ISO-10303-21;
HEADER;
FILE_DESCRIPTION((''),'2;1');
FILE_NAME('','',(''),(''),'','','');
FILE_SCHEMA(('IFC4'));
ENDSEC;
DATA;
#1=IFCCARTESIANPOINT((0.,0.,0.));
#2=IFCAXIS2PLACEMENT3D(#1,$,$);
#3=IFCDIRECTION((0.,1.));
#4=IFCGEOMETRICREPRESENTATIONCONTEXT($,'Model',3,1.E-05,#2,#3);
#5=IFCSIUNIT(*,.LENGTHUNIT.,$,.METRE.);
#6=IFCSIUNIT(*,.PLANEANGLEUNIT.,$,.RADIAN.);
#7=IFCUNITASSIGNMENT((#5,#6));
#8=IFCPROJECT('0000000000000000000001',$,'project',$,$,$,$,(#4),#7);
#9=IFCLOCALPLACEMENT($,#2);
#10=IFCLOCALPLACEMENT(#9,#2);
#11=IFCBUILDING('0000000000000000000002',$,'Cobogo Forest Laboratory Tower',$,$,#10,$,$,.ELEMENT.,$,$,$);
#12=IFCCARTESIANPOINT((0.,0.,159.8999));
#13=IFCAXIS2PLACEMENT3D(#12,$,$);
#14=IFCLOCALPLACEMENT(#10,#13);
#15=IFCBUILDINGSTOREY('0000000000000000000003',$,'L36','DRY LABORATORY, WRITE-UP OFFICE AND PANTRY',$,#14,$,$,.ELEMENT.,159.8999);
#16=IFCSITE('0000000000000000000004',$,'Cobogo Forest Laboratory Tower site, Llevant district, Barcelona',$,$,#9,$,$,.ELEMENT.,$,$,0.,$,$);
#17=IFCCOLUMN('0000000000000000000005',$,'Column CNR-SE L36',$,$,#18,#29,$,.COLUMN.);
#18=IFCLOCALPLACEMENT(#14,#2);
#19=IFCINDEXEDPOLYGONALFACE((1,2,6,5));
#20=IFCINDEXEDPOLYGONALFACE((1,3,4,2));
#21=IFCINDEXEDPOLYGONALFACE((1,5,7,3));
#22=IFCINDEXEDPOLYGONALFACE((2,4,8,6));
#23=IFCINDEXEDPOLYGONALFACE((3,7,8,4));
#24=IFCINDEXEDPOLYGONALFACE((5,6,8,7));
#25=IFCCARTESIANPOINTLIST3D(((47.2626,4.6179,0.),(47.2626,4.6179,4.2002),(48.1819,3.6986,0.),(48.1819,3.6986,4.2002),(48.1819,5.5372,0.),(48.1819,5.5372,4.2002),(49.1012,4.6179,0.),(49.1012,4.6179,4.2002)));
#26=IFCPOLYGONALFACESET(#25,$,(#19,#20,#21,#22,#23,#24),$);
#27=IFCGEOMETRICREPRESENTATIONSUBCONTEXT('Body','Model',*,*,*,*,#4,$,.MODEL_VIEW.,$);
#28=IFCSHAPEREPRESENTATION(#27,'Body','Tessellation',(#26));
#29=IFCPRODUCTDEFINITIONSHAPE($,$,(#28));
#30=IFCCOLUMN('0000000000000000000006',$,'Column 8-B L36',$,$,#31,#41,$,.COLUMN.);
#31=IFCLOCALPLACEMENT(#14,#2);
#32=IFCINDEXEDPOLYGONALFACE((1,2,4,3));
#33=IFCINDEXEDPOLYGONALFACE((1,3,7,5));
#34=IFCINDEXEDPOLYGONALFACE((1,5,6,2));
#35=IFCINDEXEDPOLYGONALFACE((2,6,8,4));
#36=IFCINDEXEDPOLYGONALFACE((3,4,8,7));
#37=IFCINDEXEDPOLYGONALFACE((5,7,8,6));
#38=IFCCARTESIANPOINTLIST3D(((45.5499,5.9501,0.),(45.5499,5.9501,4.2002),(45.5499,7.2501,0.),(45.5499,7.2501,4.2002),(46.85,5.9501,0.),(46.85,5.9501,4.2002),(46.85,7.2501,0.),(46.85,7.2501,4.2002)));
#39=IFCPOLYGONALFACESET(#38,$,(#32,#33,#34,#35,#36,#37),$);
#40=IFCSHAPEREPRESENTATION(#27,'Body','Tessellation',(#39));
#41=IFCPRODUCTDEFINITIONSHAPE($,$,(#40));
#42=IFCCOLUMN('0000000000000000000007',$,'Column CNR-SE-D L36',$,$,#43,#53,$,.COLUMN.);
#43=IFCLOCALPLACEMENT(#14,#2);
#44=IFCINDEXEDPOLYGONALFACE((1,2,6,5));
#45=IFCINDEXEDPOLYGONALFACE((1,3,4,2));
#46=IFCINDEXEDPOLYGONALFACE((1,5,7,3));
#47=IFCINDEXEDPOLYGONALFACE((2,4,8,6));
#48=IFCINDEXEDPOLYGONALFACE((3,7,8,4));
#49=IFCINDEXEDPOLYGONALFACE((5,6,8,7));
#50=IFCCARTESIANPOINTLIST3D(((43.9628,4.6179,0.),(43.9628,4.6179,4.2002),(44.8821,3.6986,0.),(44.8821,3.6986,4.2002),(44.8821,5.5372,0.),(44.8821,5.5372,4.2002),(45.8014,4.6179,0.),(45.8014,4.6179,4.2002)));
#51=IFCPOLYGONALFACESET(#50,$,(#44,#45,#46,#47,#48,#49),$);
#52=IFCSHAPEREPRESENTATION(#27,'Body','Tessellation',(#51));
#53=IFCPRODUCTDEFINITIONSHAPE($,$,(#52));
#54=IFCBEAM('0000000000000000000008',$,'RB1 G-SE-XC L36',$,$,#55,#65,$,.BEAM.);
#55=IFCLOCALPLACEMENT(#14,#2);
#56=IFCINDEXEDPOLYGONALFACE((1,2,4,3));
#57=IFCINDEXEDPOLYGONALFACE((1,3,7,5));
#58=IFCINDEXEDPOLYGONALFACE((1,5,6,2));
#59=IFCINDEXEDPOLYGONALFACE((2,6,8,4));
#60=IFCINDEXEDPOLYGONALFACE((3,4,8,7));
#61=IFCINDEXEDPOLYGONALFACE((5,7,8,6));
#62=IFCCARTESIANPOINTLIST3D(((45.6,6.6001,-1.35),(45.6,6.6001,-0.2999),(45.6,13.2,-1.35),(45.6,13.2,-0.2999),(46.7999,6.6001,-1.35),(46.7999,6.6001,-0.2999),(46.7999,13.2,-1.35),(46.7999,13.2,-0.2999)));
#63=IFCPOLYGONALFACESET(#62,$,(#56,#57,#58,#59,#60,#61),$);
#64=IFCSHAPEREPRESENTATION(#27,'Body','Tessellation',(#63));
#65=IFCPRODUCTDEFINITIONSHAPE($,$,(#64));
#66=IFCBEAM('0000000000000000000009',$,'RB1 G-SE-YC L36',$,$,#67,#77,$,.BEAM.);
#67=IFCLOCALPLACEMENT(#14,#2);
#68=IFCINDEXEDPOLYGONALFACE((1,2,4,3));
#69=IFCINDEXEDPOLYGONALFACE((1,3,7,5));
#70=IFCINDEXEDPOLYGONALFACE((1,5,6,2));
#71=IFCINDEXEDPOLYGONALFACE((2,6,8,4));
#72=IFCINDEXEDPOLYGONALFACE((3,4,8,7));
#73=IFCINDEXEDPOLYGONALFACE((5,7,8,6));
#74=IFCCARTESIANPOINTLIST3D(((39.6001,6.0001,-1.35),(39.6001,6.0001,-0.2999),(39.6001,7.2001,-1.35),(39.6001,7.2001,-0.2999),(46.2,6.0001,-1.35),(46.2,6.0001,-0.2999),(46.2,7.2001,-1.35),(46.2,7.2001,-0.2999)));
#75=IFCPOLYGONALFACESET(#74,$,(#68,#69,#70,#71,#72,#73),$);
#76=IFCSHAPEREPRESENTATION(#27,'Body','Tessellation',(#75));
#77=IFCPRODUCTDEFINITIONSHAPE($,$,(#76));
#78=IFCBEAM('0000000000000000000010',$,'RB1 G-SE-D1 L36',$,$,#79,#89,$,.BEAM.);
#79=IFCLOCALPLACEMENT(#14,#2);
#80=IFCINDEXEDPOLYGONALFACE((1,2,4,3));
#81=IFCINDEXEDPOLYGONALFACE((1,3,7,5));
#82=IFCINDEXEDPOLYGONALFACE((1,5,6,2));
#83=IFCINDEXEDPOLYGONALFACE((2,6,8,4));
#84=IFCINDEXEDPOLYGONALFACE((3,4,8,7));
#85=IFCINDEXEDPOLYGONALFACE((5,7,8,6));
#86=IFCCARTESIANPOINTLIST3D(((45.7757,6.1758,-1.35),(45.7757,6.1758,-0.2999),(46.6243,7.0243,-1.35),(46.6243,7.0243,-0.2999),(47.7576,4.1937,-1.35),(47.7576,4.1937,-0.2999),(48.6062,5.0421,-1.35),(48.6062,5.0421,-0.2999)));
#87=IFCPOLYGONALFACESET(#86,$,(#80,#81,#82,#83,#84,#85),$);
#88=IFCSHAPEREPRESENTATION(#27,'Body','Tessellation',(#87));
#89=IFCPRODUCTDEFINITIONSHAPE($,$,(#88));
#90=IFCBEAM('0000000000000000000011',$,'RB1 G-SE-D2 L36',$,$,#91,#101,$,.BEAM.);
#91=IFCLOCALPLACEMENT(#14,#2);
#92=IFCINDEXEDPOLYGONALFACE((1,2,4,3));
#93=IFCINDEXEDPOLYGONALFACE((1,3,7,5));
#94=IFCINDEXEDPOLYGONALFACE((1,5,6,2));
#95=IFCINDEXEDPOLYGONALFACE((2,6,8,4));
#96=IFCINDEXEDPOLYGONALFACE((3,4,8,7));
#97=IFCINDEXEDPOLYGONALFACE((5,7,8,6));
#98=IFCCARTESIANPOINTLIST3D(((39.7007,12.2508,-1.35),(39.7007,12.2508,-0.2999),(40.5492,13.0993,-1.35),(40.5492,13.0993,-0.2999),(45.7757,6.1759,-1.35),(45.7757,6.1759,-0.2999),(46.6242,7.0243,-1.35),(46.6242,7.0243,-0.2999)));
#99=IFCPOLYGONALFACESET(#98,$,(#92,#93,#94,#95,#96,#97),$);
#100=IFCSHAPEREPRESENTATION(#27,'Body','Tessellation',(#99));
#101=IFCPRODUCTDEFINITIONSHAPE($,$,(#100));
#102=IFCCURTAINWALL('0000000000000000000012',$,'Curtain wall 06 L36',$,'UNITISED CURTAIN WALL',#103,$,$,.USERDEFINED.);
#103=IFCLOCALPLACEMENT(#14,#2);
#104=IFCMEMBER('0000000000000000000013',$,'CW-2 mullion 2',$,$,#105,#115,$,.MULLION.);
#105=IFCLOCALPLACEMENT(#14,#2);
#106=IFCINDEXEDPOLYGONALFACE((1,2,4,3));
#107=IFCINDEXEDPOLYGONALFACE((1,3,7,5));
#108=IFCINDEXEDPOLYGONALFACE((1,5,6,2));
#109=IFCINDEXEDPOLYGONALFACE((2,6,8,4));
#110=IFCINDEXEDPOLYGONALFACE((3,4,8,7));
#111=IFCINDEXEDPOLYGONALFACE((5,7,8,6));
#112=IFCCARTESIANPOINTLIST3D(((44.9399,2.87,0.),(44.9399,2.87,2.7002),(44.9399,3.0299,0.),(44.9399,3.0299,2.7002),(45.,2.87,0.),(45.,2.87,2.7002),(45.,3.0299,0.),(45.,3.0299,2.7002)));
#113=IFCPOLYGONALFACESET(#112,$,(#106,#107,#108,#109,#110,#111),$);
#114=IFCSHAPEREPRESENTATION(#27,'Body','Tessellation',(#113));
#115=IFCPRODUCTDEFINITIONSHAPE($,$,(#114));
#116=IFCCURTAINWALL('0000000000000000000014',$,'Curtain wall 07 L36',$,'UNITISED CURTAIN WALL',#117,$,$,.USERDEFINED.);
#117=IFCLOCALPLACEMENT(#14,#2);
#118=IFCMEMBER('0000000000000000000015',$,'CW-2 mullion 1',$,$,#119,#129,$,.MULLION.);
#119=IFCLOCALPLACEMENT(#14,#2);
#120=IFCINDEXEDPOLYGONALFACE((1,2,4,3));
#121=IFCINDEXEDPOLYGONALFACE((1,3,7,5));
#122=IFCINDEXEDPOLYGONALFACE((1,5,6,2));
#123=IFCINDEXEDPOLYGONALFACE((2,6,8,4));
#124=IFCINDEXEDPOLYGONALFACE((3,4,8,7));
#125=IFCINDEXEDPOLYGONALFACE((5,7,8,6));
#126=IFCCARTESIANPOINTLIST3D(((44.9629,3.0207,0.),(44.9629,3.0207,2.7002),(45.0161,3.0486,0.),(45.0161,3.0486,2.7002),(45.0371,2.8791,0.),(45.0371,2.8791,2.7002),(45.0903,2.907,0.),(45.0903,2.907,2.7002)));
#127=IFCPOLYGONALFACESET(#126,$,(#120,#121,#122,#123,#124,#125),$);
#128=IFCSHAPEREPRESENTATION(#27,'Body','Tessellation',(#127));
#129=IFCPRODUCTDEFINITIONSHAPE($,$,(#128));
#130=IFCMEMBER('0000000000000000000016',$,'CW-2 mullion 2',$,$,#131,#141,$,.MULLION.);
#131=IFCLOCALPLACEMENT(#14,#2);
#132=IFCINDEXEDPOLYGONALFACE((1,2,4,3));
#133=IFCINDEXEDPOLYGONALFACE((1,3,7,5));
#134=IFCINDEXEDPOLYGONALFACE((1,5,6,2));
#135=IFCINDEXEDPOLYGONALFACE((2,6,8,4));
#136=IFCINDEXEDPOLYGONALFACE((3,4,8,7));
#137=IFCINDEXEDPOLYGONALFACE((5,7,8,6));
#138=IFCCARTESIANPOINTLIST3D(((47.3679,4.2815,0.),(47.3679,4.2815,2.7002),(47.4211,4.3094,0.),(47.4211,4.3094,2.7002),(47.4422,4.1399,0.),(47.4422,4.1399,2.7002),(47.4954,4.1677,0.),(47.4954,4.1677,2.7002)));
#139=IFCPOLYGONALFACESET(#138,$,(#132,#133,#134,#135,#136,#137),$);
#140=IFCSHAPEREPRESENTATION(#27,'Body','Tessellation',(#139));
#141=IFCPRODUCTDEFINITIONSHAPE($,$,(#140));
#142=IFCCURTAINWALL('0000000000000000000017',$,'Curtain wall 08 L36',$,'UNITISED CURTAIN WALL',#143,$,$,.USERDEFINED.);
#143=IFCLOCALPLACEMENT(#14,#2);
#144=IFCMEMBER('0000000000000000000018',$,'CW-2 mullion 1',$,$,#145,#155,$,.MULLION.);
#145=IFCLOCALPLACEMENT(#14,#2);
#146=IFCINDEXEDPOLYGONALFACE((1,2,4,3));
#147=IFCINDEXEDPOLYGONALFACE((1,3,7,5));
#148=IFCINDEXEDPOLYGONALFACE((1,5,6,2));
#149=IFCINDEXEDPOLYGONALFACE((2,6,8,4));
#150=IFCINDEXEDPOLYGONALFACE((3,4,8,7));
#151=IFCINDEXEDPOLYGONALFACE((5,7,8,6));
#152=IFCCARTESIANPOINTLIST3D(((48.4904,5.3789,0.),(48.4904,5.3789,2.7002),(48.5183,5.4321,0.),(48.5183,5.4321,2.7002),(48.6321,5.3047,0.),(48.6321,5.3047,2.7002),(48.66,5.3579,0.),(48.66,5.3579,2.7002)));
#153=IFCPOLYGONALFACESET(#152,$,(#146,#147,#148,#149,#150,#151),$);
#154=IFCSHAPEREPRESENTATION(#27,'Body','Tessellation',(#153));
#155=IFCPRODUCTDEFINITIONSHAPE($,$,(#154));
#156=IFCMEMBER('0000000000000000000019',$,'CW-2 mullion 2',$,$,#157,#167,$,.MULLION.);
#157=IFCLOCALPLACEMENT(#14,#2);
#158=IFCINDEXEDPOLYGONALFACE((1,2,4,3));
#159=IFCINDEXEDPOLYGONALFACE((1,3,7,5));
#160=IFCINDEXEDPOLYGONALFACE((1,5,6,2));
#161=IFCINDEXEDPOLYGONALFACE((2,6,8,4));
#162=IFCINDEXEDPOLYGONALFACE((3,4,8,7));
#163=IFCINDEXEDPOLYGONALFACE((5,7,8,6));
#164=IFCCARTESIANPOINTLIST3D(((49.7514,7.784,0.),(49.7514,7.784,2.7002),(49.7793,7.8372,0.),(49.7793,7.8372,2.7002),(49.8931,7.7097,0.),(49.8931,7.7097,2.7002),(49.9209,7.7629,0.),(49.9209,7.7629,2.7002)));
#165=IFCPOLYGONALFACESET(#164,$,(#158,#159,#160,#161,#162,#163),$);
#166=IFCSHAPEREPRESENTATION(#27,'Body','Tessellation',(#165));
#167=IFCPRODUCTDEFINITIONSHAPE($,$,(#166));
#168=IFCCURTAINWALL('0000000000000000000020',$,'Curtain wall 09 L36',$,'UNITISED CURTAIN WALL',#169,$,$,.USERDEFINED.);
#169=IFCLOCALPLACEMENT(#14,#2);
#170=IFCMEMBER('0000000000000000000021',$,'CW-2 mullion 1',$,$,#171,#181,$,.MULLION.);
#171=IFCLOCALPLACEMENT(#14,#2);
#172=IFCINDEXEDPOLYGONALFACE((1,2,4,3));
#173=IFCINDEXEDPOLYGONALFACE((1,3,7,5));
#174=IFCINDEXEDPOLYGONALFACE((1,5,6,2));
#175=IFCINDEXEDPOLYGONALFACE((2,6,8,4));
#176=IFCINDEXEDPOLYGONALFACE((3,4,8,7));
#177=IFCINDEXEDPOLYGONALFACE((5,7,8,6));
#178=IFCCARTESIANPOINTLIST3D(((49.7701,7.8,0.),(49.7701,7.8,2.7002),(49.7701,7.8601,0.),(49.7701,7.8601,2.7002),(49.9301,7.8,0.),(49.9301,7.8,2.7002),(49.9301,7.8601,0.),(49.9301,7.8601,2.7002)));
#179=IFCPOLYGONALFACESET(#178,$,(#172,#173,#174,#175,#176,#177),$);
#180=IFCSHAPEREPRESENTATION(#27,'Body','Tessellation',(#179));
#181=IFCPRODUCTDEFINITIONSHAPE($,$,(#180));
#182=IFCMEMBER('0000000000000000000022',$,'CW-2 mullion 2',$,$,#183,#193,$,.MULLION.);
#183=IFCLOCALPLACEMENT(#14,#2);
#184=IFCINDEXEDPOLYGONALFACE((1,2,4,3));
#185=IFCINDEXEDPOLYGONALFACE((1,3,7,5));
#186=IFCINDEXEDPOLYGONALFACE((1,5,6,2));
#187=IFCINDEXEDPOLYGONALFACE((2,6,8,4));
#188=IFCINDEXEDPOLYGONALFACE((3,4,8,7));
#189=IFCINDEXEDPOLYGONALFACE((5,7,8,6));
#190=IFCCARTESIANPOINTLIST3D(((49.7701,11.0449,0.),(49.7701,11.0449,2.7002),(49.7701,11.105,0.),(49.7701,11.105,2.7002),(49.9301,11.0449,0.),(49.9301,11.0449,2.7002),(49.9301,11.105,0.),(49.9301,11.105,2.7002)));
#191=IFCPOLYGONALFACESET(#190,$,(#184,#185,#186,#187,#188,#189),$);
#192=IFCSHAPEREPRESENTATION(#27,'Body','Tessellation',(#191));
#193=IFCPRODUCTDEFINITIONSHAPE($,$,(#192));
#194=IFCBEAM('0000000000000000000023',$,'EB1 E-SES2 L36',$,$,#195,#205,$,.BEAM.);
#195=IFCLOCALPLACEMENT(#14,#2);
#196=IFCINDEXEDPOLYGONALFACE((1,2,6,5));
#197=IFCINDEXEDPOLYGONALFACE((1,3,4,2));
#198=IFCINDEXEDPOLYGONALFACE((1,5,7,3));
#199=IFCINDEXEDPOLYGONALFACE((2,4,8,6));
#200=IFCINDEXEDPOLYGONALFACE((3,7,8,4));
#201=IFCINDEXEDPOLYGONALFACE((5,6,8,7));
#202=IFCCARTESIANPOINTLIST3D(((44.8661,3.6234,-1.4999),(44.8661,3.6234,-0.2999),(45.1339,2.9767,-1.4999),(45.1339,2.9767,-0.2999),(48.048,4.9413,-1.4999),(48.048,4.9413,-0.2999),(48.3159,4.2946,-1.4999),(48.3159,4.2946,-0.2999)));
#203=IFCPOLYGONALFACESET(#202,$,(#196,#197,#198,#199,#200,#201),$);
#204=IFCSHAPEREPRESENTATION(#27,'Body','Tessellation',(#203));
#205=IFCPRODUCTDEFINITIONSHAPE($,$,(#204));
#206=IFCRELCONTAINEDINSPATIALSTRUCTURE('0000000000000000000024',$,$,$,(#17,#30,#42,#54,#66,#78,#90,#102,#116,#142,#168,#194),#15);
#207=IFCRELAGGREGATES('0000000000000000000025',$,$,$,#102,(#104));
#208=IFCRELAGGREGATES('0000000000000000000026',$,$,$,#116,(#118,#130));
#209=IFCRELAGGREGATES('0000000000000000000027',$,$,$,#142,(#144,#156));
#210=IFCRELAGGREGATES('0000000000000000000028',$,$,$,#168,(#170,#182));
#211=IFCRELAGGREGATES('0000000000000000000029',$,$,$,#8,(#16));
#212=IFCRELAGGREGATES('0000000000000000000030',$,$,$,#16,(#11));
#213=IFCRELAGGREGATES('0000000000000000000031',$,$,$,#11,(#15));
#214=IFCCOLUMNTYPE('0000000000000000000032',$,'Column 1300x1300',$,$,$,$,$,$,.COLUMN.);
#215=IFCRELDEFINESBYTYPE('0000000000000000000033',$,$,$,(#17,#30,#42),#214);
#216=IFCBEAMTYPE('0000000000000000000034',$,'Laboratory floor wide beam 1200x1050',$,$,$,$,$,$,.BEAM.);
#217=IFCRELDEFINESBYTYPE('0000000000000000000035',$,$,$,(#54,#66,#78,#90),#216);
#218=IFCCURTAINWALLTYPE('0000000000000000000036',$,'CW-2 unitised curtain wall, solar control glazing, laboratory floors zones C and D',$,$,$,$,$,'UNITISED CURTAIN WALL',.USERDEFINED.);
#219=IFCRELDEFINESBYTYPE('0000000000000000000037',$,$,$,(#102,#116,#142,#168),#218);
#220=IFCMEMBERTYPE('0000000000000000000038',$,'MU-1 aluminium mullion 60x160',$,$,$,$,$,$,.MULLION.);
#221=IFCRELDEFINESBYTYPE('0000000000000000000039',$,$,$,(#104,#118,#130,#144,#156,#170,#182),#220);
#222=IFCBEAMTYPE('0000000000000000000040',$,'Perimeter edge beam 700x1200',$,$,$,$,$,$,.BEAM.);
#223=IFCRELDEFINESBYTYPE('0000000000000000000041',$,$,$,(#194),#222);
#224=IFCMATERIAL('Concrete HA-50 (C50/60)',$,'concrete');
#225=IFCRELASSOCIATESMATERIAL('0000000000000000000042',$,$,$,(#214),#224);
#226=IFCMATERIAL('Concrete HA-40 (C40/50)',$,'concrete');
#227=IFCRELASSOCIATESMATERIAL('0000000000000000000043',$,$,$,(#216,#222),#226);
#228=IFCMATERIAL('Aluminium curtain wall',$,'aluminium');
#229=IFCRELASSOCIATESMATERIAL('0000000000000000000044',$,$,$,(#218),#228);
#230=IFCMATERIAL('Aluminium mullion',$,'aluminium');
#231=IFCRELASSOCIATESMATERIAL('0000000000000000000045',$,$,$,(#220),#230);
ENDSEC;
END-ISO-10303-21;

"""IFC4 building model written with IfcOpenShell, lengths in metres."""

from ifc_helpers import new_model, si_unit, direction, frame, origin, origin_2d, place, context, subcontext, project, spatial, rectangle, extrude, material, material_profile, profile_set, type_object, element, aggregate, save


model = new_model("IFC4")

# Units and contexts
model_context = context("Model", 3, precision=1e-05, world=origin(), true_north=direction((0.0, 1.0)))
body_context = subcontext(model_context, "Body", "Model", "MODEL_VIEW")
ifc_project = project(units=[si_unit("LENGTHUNIT", "METRE"), si_unit("PLANEANGLEUNIT", "RADIAN")], contexts=[model_context])

# Site, building, storey
site_placement = place(None, origin())
site = spatial("IfcSite", under=ifc_project, at=site_placement, Name="Cobogo Forest Laboratory Tower site, Llevant district, Barcelona", CompositionType="ELEMENT", RefElevation=0.0)
building_placement = place(site_placement, origin())
building = spatial("IfcBuilding", under=site, at=building_placement, Name="Cobogo Forest Laboratory Tower", CompositionType="ELEMENT")
storey_placement = place(building_placement, frame((0.0, 0.0, 159.8999)))
storey = spatial("IfcBuildingStorey", under=building, at=storey_placement, Name="L36", Description="DRY LABORATORY, WRITE-UP OFFICE AND PANTRY", CompositionType="ELEMENT", Elevation=159.8999)

# Columns
ifc_material_1 = material(Name="Concrete HA-50 (C50/60)", Category="concrete")
ifc_material_profile_1 = material_profile(ifc_material_1, rectangle(XDim=1.3, YDim=1.3, at=origin_2d()), Name="RC 1300x1300")
ifc_profile_set_1 = profile_set([ifc_material_profile_1], Name="Concrete HA-50 (C50/60)")
column_type = type_object("IfcColumnType", Name="Column 1300x1300", PredefinedType="COLUMN", material=ifc_profile_set_1)
for number, where, z_axis, x_axis, name in (
    (1, (48.1819, 4.6179, 0.0), (0.0, 0.0, 1.0), (0.707107, 0.707107, 0.0), "Column CNR-SE L36"),
    (2, (46.2, 6.6001, 0.0), (0.0, 0.0, 1.0), (1.0, 0.0, 0.0), "Column 8-B L36"),
    (3, (44.8821, 4.6179, 0.0), (0.0, 0.0, 1.0), (0.707107, 0.707107, 0.0), "Column CNR-SE-D L36"),
):
    element("IfcColumn", number, at=place(storey_placement, frame(where, z_axis=z_axis, x_axis=x_axis)), inside=storey, type_object=column_type, Name=name, PredefinedType="COLUMN", context=body_context, shape_type="SweptSolid", body=[
        extrude(rectangle(XDim=1.3, YDim=1.3, at=origin_2d()), origin(), (0.0, 0.0, 1.0), 4.2002),
    ])

# Beams
ifc_material_2 = material(Name="Concrete HA-40 (C40/50)", Category="concrete")
ifc_material_profile_2 = material_profile(ifc_material_2, rectangle(XDim=1.2, YDim=1.05, at=origin_2d()), Name="RC 1200x1050")
ifc_profile_set_2 = profile_set([ifc_material_profile_2], Name="Concrete HA-40 (C40/50)")
beam_type_1 = type_object("IfcBeamType", Name="Laboratory floor wide beam 1200x1050", PredefinedType="BEAM", material=ifc_profile_set_2)
for number, where, z_axis, x_axis, name in (
    (4, (46.2, 6.6001, -0.825), (0.0, 1.0, 0.0), (-1.0, 0.0, 0.0), "RB1 G-SE-XC L36"),
    (5, (46.2, 6.6001, -0.825), (-1.0, 0.0, 0.0), (0.0, -1.0, 0.0), "RB1 G-SE-YC L36"),
):
    element("IfcBeam", number, at=place(storey_placement, frame(where, z_axis=z_axis, x_axis=x_axis)), inside=storey, type_object=beam_type_1, Name=name, PredefinedType="BEAM", context=body_context, shape_type="SweptSolid", body=[
        extrude(rectangle(XDim=1.2, YDim=1.05, at=origin_2d()), origin(), (0.0, 0.0, 1.0), 6.5999),
    ])
beam_1_placement = place(storey_placement, frame((48.1819, 4.6179, -0.825), z_axis=(-0.707063, 0.70715, 0.0), x_axis=(-0.70715, -0.707063, 0.0)))
element("IfcBeam", 6, at=beam_1_placement, inside=storey, type_object=beam_type_1, Name="RB1 G-SE-D1 L36", PredefinedType="BEAM", context=body_context, shape_type="SweptSolid", body=[
    extrude(rectangle(XDim=1.2, YDim=1.05, at=origin_2d()), origin(), (0.0, 0.0, 1.0), 2.803),
])
beam_2_placement = place(storey_placement, frame((46.2, 6.6001, -0.825), z_axis=(-0.707107, 0.707107, 0.0), x_axis=(-0.707107, -0.707107, 0.0)))
element("IfcBeam", 7, at=beam_2_placement, inside=storey, type_object=beam_type_1, Name="RB1 G-SE-D2 L36", PredefinedType="BEAM", context=body_context, shape_type="SweptSolid", body=[
    extrude(rectangle(XDim=1.2, YDim=1.05, at=origin_2d()), origin(), (0.0, 0.0, 1.0), 8.5913),
])

# Curtain wall, member
ifc_material_3 = material(Name="Aluminium curtain wall", Category="aluminium")
curtain_wall_type = type_object("IfcCurtainWallType", Name="CW-2 unitised curtain wall, solar control glazing, laboratory floors zones C and D", ElementType="UNITISED CURTAIN WALL", PredefinedType="USERDEFINED", material=ifc_material_3)
curtain_wall_1_placement = place(storey_placement, origin())
curtain_wall_1 = element("IfcCurtainWall", 8, at=curtain_wall_1_placement, inside=storey, type_object=curtain_wall_type, Name="Curtain wall 06 L36", ObjectType="UNITISED CURTAIN WALL", PredefinedType="USERDEFINED")
ifc_material_4 = material(Name="Aluminium mullion", Category="aluminium")
ifc_material_profile_3 = material_profile(ifc_material_4, rectangle(XDim=0.0601, YDim=0.1599, at=origin_2d()), Name="AL 60x160")
ifc_profile_set_3 = profile_set([ifc_material_profile_3], Name="Aluminium mullion")
member_type_1 = type_object("IfcMemberType", Name="MU-1 aluminium mullion 60x160", PredefinedType="MULLION", material=ifc_profile_set_3)
member_1_placement = place(storey_placement, frame((44.97, 2.95, 0.0), z_axis=(0.0, 0.0, 1.0), x_axis=(1.0, 0.0, 0.0)))
member_1 = element("IfcMember", 9, at=member_1_placement, type_object=member_type_1, Name="CW-2 mullion 2", PredefinedType="MULLION", context=body_context, shape_type="SweptSolid", body=[
    extrude(rectangle(XDim=0.0601, YDim=0.1599, at=origin_2d()), origin(), (0.0, 0.0, 1.0), 2.7002),
])

# Curtain walls, members
curtain_wall_2_placement = place(storey_placement, origin())
curtain_wall_2 = element("IfcCurtainWall", 10, at=curtain_wall_2_placement, inside=storey, type_object=curtain_wall_type, Name="Curtain wall 07 L36", ObjectType="UNITISED CURTAIN WALL", PredefinedType="USERDEFINED")
member_2_placement = place(storey_placement, frame((45.0266, 2.9639, 0.0), z_axis=(0.0, 0.0, 1.0), x_axis=(0.885687, 0.464284, 0.0)))
member_2 = element("IfcMember", 11, at=member_2_placement, type_object=member_type_1, Name="CW-2 mullion 1", PredefinedType="MULLION", context=body_context, shape_type="SweptSolid", body=[
    extrude(rectangle(XDim=0.0601, YDim=0.1599, at=origin_2d()), origin(), (0.0, 0.0, 1.0), 2.7002),
])
member_3_placement = place(storey_placement, frame((47.4316, 4.2246, 0.0), z_axis=(0.0, 0.0, 1.0), x_axis=(0.885687, 0.464284, 0.0)))
member_3 = element("IfcMember", 12, at=member_3_placement, type_object=member_type_1, Name="CW-2 mullion 2", PredefinedType="MULLION", context=body_context, shape_type="SweptSolid", body=[
    extrude(rectangle(XDim=0.0601, YDim=0.1599, at=origin_2d()), origin(), (0.0, 0.0, 1.0), 2.7002),
])
curtain_wall_3_placement = place(storey_placement, origin())
curtain_wall_3 = element("IfcCurtainWall", 13, at=curtain_wall_3_placement, inside=storey, type_object=curtain_wall_type, Name="Curtain wall 08 L36", ObjectType="UNITISED CURTAIN WALL", PredefinedType="USERDEFINED")
member_4_placement = place(storey_placement, frame((48.5752, 5.3684, 0.0), z_axis=(0.0, 0.0, 1.0), x_axis=(0.464284, 0.885687, 0.0)))
member_4 = element("IfcMember", 14, at=member_4_placement, type_object=member_type_1, Name="CW-2 mullion 1", PredefinedType="MULLION", context=body_context, shape_type="SweptSolid", body=[
    extrude(rectangle(XDim=0.0601, YDim=0.1599, at=origin_2d()), origin(), (0.0, 0.0, 1.0), 2.7002),
])
member_5_placement = place(storey_placement, frame((49.8362, 7.7734, 0.0), z_axis=(0.0, 0.0, 1.0), x_axis=(0.464284, 0.885687, 0.0)))
member_5 = element("IfcMember", 15, at=member_5_placement, type_object=member_type_1, Name="CW-2 mullion 2", PredefinedType="MULLION", context=body_context, shape_type="SweptSolid", body=[
    extrude(rectangle(XDim=0.0601, YDim=0.1599, at=origin_2d()), origin(), (0.0, 0.0, 1.0), 2.7002),
])
curtain_wall_4_placement = place(storey_placement, origin())
curtain_wall_4 = element("IfcCurtainWall", 16, at=curtain_wall_4_placement, inside=storey, type_object=curtain_wall_type, Name="Curtain wall 09 L36", ObjectType="UNITISED CURTAIN WALL", PredefinedType="USERDEFINED")
member_6_placement = place(storey_placement, frame((49.8501, 7.8301, 0.0), z_axis=(0.0, 0.0, 1.0), x_axis=(0.0, 1.0, 0.0)))
member_6 = element("IfcMember", 17, at=member_6_placement, type_object=member_type_1, Name="CW-2 mullion 1", PredefinedType="MULLION", context=body_context, shape_type="SweptSolid", body=[
    extrude(rectangle(XDim=0.0601, YDim=0.1599, at=origin_2d()), origin(), (0.0, 0.0, 1.0), 2.7002),
])
member_7_placement = place(storey_placement, frame((49.8501, 11.075, 0.0), z_axis=(0.0, 0.0, 1.0), x_axis=(0.0, 1.0, 0.0)))
member_7 = element("IfcMember", 18, at=member_7_placement, type_object=member_type_1, Name="CW-2 mullion 2", PredefinedType="MULLION", context=body_context, shape_type="SweptSolid", body=[
    extrude(rectangle(XDim=0.0601, YDim=0.1599, at=origin_2d()), origin(), (0.0, 0.0, 1.0), 2.7002),
])

# Beam
ifc_material_profile_4 = material_profile(ifc_material_2, rectangle(XDim=0.7, YDim=1.2, at=origin_2d()), Name="RC 700x1200")
ifc_profile_set_4 = profile_set([ifc_material_profile_4], Name="Concrete HA-40 (C40/50)")
beam_type_2 = type_object("IfcBeamType", Name="Perimeter edge beam 700x1200", PredefinedType="BEAM", material=ifc_profile_set_4)
beam_3_placement = place(storey_placement, frame((45.0, 3.3, -0.8999), z_axis=(0.923891, 0.382656, 0.0), x_axis=(-0.382656, 0.923891, 0.0)))
element("IfcBeam", 19, at=beam_3_placement, inside=storey, type_object=beam_type_2, Name="EB1 E-SES2 L36", PredefinedType="BEAM", context=body_context, shape_type="SweptSolid", body=[
    extrude(rectangle(XDim=0.7, YDim=1.2, at=origin_2d()), origin(), (0.0, 0.0, 1.0), 3.4441),
])

aggregate(curtain_wall_1, [member_1])
aggregate(curtain_wall_2, [member_2, member_3])
aggregate(curtain_wall_3, [member_4, member_5])
aggregate(curtain_wall_4, [member_6, member_7])

save(model, "model.ifc")
